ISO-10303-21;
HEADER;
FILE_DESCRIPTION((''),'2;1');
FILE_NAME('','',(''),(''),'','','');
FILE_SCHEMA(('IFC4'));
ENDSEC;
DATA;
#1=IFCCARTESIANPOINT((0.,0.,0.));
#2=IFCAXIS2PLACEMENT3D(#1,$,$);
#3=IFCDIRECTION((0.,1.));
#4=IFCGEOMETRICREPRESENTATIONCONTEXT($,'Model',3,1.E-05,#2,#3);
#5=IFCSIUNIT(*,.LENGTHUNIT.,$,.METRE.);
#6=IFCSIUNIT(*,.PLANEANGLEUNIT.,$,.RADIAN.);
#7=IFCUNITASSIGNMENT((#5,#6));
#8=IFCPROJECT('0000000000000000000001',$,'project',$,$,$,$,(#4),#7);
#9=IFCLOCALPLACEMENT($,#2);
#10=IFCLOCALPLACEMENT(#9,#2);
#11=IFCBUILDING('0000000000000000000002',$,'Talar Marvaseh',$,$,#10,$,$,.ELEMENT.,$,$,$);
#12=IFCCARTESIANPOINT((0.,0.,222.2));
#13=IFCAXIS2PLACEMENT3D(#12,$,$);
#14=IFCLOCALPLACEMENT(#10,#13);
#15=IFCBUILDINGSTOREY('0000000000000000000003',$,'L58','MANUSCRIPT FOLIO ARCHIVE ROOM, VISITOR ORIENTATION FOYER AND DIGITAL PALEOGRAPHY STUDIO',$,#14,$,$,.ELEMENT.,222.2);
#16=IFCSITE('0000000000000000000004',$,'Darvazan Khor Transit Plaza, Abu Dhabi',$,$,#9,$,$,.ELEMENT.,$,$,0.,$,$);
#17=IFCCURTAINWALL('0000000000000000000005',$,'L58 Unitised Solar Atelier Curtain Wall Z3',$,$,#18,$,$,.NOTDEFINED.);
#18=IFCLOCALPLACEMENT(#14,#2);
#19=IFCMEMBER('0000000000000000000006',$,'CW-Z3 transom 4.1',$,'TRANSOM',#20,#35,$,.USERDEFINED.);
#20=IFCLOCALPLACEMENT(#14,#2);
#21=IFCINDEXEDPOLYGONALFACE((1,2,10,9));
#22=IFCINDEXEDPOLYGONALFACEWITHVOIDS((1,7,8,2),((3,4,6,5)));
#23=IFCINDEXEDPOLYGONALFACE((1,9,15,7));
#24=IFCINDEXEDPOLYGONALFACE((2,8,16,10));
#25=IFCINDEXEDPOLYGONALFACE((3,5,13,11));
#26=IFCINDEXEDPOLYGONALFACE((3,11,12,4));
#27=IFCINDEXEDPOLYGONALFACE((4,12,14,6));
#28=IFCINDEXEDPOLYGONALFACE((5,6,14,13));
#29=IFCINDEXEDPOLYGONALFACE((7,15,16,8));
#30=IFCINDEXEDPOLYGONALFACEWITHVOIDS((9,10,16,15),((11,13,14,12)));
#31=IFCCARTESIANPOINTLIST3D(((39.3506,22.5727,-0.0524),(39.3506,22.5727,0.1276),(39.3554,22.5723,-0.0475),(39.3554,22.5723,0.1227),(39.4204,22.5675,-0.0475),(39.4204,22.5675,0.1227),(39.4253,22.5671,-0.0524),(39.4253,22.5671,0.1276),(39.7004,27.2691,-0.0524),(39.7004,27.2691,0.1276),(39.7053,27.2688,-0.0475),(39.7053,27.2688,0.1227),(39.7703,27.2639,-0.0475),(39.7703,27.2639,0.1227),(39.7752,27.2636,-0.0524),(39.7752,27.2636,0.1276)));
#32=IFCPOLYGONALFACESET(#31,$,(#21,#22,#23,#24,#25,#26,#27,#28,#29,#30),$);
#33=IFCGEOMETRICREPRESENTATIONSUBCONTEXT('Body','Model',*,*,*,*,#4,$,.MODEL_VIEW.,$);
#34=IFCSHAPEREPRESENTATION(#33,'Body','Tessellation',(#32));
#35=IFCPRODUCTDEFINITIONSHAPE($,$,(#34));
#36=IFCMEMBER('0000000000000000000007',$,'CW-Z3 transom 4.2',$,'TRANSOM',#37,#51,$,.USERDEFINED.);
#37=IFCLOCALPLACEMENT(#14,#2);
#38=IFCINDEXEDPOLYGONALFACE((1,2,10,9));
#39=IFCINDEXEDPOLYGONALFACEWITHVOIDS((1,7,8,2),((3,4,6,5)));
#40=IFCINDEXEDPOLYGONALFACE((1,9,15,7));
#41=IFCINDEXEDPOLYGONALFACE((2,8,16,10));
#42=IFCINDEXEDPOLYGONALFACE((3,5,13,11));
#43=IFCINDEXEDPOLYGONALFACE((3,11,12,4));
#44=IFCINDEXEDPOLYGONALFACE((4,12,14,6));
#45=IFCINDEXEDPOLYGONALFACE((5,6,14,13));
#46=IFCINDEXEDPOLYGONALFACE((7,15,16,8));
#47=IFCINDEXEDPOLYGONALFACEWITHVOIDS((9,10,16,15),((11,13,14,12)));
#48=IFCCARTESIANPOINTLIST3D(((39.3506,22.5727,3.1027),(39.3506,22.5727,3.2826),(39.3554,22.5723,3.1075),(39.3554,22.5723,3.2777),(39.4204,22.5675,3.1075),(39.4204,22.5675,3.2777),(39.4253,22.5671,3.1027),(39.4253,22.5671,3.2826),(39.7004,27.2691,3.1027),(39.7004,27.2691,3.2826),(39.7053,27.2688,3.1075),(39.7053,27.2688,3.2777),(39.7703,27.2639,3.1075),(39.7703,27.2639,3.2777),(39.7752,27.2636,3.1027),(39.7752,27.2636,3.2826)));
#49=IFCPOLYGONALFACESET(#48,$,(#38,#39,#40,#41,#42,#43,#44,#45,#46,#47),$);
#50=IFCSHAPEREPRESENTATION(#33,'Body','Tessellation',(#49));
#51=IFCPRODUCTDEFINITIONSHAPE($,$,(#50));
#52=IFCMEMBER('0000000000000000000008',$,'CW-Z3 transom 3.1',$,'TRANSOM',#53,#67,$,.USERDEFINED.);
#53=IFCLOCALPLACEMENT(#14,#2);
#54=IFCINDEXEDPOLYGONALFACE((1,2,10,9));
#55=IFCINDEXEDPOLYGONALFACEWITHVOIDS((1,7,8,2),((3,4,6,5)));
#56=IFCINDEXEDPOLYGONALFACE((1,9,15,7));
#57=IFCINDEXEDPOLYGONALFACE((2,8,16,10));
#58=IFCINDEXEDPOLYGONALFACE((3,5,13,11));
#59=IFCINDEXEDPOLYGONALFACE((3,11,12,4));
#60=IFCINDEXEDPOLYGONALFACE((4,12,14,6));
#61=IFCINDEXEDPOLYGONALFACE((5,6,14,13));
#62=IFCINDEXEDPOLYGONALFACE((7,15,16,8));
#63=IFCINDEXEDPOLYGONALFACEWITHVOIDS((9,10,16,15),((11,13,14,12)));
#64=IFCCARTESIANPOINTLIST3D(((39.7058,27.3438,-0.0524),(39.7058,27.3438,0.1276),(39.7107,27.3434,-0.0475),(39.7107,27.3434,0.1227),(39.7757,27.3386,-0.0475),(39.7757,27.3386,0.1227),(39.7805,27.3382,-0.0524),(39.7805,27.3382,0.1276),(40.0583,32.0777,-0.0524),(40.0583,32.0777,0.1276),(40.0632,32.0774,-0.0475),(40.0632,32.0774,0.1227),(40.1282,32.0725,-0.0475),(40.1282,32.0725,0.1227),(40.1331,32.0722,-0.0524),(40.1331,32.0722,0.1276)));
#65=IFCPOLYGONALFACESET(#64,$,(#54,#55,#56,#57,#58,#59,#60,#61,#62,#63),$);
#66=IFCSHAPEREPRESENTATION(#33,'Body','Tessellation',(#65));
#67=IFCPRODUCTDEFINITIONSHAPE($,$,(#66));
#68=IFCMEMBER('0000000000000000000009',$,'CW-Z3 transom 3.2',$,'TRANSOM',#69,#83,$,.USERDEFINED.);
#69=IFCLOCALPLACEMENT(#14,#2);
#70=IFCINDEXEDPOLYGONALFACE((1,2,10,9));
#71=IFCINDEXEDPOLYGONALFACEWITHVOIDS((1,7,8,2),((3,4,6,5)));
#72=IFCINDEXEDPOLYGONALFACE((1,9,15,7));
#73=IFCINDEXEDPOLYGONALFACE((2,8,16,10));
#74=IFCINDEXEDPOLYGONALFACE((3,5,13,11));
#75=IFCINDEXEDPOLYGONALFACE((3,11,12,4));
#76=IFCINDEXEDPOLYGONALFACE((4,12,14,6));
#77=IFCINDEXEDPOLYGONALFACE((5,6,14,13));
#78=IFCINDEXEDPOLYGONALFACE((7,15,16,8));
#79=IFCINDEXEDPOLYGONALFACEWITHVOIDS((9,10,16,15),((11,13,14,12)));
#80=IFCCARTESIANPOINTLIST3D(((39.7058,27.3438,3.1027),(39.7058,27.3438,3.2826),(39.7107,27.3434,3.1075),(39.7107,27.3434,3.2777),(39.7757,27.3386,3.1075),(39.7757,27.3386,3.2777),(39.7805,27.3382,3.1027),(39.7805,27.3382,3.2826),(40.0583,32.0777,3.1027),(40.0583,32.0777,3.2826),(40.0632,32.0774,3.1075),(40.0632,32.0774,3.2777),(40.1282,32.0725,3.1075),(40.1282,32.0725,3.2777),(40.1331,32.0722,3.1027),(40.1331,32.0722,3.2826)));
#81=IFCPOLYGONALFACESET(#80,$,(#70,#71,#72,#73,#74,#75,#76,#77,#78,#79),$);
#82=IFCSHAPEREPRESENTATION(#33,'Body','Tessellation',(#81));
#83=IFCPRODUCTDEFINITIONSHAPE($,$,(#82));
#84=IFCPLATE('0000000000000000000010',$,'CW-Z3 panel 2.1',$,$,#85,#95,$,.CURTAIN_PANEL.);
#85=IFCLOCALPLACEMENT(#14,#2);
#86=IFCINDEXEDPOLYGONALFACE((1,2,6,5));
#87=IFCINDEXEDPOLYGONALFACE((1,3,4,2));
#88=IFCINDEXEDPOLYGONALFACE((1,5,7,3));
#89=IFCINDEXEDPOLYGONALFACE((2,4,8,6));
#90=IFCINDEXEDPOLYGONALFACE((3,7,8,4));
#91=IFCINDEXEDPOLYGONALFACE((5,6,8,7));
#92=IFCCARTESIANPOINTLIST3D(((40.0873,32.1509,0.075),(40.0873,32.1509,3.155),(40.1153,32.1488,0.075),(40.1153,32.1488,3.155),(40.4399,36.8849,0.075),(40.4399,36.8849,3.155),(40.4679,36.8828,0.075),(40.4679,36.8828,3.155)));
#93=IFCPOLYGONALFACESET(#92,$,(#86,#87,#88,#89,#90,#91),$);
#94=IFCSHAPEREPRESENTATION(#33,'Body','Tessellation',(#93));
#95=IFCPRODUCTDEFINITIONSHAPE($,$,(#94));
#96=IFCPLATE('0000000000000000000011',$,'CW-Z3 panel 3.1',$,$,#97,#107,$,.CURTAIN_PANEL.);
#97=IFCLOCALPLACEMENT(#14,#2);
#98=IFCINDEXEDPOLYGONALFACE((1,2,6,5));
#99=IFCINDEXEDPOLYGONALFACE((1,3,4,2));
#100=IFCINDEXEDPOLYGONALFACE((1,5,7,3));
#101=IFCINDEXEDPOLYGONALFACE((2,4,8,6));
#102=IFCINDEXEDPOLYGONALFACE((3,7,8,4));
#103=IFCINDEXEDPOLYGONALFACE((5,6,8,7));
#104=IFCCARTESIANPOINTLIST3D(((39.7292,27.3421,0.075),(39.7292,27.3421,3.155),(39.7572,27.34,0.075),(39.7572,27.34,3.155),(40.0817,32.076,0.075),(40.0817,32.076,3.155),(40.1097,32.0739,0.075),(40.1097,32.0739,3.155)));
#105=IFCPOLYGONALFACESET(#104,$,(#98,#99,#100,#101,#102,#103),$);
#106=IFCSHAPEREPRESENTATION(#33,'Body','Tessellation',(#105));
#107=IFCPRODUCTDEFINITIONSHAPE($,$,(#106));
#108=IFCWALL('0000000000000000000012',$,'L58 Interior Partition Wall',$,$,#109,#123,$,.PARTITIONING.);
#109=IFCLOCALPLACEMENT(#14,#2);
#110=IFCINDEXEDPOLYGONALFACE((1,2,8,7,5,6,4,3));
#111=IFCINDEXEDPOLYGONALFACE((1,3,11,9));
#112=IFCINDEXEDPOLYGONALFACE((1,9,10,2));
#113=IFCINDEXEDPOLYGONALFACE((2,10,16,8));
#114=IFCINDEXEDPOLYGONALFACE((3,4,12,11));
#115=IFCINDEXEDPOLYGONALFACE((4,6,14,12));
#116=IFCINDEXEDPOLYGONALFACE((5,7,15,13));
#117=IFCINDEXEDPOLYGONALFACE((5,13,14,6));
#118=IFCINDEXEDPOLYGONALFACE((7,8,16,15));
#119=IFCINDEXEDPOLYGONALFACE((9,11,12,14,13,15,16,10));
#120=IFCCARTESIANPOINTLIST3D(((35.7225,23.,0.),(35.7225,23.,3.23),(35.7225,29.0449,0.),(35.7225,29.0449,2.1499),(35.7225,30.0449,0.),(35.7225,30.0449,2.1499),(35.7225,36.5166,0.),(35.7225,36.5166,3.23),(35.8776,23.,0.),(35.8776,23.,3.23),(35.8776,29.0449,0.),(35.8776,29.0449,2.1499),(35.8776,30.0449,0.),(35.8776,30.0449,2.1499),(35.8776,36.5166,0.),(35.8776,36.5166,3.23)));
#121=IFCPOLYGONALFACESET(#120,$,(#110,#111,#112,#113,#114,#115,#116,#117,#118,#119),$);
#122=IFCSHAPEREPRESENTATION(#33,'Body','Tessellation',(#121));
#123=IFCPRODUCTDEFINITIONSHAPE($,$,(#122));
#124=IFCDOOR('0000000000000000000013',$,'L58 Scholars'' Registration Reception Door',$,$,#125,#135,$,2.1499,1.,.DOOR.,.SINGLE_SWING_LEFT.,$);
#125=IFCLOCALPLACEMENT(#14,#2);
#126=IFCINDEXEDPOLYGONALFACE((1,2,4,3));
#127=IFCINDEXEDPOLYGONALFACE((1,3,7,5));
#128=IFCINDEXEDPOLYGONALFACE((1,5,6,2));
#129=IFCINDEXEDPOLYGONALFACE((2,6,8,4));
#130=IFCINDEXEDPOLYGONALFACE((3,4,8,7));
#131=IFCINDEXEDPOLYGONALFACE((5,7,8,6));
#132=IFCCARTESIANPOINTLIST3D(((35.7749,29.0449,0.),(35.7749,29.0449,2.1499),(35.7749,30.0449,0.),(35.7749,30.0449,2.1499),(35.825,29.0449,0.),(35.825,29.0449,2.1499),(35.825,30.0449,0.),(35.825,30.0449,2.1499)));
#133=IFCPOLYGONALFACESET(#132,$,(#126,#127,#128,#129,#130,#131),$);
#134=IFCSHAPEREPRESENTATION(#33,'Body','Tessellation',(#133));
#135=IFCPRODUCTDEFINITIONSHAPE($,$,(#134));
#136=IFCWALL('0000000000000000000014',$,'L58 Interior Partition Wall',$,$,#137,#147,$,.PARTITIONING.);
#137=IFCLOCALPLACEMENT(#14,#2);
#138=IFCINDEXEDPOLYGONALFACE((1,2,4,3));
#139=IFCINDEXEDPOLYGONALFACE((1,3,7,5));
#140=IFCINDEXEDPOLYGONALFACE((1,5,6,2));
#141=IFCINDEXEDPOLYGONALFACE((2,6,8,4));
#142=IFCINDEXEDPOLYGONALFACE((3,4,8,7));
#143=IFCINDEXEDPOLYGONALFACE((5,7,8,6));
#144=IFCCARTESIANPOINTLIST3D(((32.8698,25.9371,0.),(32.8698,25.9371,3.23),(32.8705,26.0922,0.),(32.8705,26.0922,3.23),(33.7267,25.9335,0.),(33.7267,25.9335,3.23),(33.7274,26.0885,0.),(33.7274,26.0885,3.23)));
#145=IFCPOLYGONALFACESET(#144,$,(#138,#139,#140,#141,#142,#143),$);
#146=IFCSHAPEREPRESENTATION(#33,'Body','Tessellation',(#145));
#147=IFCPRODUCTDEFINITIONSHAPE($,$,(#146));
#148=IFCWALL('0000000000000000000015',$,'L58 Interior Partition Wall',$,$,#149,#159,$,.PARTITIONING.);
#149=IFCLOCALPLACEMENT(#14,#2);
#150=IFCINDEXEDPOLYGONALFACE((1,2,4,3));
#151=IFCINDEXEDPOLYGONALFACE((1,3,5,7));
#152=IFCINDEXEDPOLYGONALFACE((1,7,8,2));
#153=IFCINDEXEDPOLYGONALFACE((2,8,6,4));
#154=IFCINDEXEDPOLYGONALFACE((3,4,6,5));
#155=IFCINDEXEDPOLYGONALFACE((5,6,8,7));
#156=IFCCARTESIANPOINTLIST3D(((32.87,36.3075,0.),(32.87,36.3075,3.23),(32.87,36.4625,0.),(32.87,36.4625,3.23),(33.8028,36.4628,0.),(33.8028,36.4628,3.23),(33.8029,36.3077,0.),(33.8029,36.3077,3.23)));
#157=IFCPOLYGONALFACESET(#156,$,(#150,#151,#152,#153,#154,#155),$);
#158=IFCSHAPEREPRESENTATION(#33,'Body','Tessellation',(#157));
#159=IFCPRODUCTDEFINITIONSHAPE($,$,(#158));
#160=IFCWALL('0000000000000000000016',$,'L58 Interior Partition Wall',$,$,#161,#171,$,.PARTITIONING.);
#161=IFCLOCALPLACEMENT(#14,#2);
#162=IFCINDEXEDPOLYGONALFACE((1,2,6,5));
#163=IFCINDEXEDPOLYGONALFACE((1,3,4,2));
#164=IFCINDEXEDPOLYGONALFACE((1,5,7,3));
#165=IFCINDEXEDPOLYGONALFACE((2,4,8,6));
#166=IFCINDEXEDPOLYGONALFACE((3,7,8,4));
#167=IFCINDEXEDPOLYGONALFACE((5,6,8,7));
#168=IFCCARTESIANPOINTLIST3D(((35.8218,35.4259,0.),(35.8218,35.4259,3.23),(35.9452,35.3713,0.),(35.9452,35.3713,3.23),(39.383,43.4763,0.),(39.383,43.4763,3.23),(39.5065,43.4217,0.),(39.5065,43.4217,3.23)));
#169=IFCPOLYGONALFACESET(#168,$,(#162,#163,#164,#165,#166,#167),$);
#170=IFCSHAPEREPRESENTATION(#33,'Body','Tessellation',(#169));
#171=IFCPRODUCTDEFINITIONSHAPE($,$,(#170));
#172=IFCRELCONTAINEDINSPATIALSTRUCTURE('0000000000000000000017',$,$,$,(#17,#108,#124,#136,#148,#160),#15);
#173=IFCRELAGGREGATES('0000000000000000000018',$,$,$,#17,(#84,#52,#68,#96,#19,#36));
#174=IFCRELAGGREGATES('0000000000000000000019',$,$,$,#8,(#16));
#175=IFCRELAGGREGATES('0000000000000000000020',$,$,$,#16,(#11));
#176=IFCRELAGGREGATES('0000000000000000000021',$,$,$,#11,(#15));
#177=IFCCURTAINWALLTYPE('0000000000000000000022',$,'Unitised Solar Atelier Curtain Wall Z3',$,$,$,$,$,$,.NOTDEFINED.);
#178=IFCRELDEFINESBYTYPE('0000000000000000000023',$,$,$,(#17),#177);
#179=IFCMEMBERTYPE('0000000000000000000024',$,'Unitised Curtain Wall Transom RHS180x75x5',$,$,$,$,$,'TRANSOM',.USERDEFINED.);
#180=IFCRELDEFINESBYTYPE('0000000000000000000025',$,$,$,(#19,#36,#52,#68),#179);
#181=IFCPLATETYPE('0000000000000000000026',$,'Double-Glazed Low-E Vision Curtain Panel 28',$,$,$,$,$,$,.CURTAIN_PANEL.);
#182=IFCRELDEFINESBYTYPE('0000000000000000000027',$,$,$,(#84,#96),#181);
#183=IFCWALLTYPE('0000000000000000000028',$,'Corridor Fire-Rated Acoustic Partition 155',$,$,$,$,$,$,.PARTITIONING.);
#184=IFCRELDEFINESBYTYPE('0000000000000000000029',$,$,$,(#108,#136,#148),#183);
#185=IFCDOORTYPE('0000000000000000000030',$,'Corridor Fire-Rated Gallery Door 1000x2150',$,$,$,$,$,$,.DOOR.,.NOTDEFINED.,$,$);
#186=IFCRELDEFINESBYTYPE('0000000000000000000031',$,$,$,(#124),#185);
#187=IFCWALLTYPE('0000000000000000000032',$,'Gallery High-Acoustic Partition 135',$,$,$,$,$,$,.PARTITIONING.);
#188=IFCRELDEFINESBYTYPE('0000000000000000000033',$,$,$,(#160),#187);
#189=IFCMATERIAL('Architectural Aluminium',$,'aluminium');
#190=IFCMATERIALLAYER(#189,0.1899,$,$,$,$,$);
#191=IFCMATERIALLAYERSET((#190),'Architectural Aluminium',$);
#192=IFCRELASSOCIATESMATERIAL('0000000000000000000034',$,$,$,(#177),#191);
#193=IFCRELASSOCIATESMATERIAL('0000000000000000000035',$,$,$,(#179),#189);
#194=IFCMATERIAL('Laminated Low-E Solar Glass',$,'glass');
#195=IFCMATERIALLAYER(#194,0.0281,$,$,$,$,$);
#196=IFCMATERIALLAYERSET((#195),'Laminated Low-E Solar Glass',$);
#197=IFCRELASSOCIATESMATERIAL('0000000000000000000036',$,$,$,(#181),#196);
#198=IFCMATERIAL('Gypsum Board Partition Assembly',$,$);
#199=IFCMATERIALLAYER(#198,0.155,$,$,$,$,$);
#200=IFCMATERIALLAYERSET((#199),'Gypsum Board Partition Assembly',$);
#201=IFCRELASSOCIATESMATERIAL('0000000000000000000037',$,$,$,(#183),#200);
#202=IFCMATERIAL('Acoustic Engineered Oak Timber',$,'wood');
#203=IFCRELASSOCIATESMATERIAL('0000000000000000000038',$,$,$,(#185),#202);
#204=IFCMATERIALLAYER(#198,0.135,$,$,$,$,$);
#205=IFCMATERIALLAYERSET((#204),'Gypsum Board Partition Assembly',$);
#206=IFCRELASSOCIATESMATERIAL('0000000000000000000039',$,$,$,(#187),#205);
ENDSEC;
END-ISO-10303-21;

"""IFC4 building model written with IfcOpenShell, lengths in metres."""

from ifc_helpers import new_model, si_unit, direction, frame, frame_2d, origin, origin_2d, place, context, subcontext, project, spatial, rectangle, hollow_rectangle, extrude, source, transform, mapped, material, layer, layer_set, material_profile, profile_set, type_object, type_shapes, element, fill, aggregate, save


model = new_model("IFC4")

# Units and contexts
model_context = context("Model", 3, precision=1e-05, world=origin(), true_north=direction((0.0, 1.0)))
body_context = subcontext(model_context, "Body", "Model", "MODEL_VIEW")
ifc_project = project(units=[si_unit("LENGTHUNIT", "METRE"), si_unit("PLANEANGLEUNIT", "RADIAN")], contexts=[model_context])

# Site, building, storey
site_placement = place(None, origin())
site = spatial("IfcSite", under=ifc_project, at=site_placement, Name="Darvazan Khor Transit Plaza, Abu Dhabi", CompositionType="ELEMENT", RefElevation=0.0)
building_placement = place(site_placement, origin())
building = spatial("IfcBuilding", under=site, at=building_placement, Name="Talar Marvaseh", CompositionType="ELEMENT")
storey_placement = place(building_placement, frame((0.0, 0.0, 222.2)))
storey = spatial("IfcBuildingStorey", under=building, at=storey_placement, Name="L58", Description="MANUSCRIPT FOLIO ARCHIVE ROOM, VISITOR ORIENTATION FOYER AND DIGITAL PALEOGRAPHY STUDIO", CompositionType="ELEMENT", Elevation=222.2)

# Curtain wall, members, plates
ifc_material_1 = material(Name="Architectural Aluminium", Category="aluminium")
ifc_layer_1 = layer(ifc_material_1, 0.1899)
ifc_layer_set_1 = layer_set([ifc_layer_1], Name="Architectural Aluminium")
curtain_wall_type = type_object("IfcCurtainWallType", Name="Unitised Solar Atelier Curtain Wall Z3", PredefinedType="NOTDEFINED", material=ifc_layer_set_1)
curtain_wall_placement = place(storey_placement, origin())
curtain_wall = element("IfcCurtainWall", 1, at=curtain_wall_placement, inside=storey, type_object=curtain_wall_type, Name="L58 Unitised Solar Atelier Curtain Wall Z3", PredefinedType="NOTDEFINED")
ifc_material_profile_1 = material_profile(ifc_material_1, hollow_rectangle(XDim=0.075, YDim=0.1799, WallThickness=0.0049, at=origin_2d()), Name="RHS180x75x5")
ifc_profile_set_1 = profile_set([ifc_material_profile_1], Name="Architectural Aluminium")
member_type_1 = type_object("IfcMemberType", Name="Unitised Curtain Wall Transom RHS180x75x5", ElementType="TRANSOM", PredefinedType="USERDEFINED", material=ifc_profile_set_1)
shared_shape_1 = source(origin(), body_context, "Body", "SweptSolid", [
    extrude(hollow_rectangle(XDim=0.075, YDim=0.1799, WallThickness=0.0049, at=origin_2d()), origin(), (0.0, 0.0, 1.0), 4.7095),
])
member_1_placement = place(storey_placement, frame((39.7378, 27.2664, 0.0376), z_axis=(-0.074286, -0.997237, 0.0), x_axis=(0.997237, -0.074286, 0.0)))
member_1 = element("IfcMember", 2, at=member_1_placement, type_object=member_type_1, Name="CW-Z3 transom 4.1", ObjectType="TRANSOM", PredefinedType="USERDEFINED", context=body_context, shape_type="MappedRepresentation", body=[
    mapped(shared_shape_1, transform((0.0, 0.0, 0.0), x_axis=(1.0, 0.0, 0.0), y_axis=(0.0, 1.0, 0.0), z_axis=(0.0, 0.0, 1.0), scale=1.0)),
])
member_2_placement = place(storey_placement, frame((39.7378, 27.2664, 3.1926), z_axis=(-0.074286, -0.997237, 0.0), x_axis=(0.997237, -0.074286, 0.0)))
member_2 = element("IfcMember", 3, at=member_2_placement, type_object=member_type_1, Name="CW-Z3 transom 4.2", ObjectType="TRANSOM", PredefinedType="USERDEFINED", context=body_context, shape_type="MappedRepresentation", body=[
    mapped(shared_shape_1, transform((0.0, 0.0, 0.0), x_axis=(1.0, 0.0, 0.0), y_axis=(0.0, 1.0, 0.0), z_axis=(0.0, 0.0, 1.0), scale=1.0)),
])
shared_shape_2 = source(origin(), body_context, "Body", "SweptSolid", [
    extrude(hollow_rectangle(XDim=0.075, YDim=0.1799, WallThickness=0.0049, at=origin_2d()), origin(), (0.0, 0.0, 1.0), 4.7471),
])
type_shapes(member_type_1, [shared_shape_1, shared_shape_2])
member_3_placement = place(storey_placement, frame((40.0957, 32.075, 0.0376), z_axis=(-0.074266, -0.997238, 0.0), x_axis=(0.997238, -0.074266, 0.0)))
member_3 = element("IfcMember", 4, at=member_3_placement, type_object=member_type_1, Name="CW-Z3 transom 3.1", ObjectType="TRANSOM", PredefinedType="USERDEFINED", context=body_context, shape_type="MappedRepresentation", body=[
    mapped(shared_shape_2, transform((0.0, 0.0, 0.0), x_axis=(1.0, 0.0, 0.0), y_axis=(0.0, 1.0, 0.0), z_axis=(0.0, 0.0, 1.0), scale=1.0)),
])
member_4_placement = place(storey_placement, frame((40.0957, 32.075, 3.1926), z_axis=(-0.074266, -0.997238, 0.0), x_axis=(0.997238, -0.074266, 0.0)))
member_4 = element("IfcMember", 5, at=member_4_placement, type_object=member_type_1, Name="CW-Z3 transom 3.2", ObjectType="TRANSOM", PredefinedType="USERDEFINED", context=body_context, shape_type="MappedRepresentation", body=[
    mapped(shared_shape_2, transform((0.0, 0.0, 0.0), x_axis=(1.0, 0.0, 0.0), y_axis=(0.0, 1.0, 0.0), z_axis=(0.0, 0.0, 1.0), scale=1.0)),
])
ifc_material_2 = material(Name="Laminated Low-E Solar Glass", Category="glass")
ifc_layer_2 = layer(ifc_material_2, 0.0281)
ifc_layer_set_2 = layer_set([ifc_layer_2], Name="Laminated Low-E Solar Glass")
plate_type = type_object("IfcPlateType", Name="Double-Glazed Low-E Vision Curtain Panel 28", PredefinedType="CURTAIN_PANEL", material=ifc_layer_set_2)
shared_shape_3 = source(origin(), body_context, "Body", "SweptSolid", [
    extrude(rectangle(XDim=4.7471, YDim=0.0281, at=origin_2d()), origin(), (0.0, 0.0, 1.0), 3.0801),
])
type_shapes(plate_type, [shared_shape_3])
plate_1_placement = place(storey_placement, frame((40.2776, 34.5168, 0.075), z_axis=(0.0, 0.0, 1.0), x_axis=(-0.074263, -0.997239, 0.0)))
plate_1 = element("IfcPlate", 6, at=plate_1_placement, type_object=plate_type, Name="CW-Z3 panel 2.1", PredefinedType="CURTAIN_PANEL", context=body_context, shape_type="MappedRepresentation", body=[
    mapped(shared_shape_3, transform((0.0, 0.0, 0.0), x_axis=(1.0, 0.0, 0.0), y_axis=(0.0, 1.0, 0.0), z_axis=(0.0, 0.0, 1.0), scale=1.0)),
])
plate_2_placement = place(storey_placement, frame((39.9194, 29.708, 0.075), z_axis=(0.0, 0.0, 1.0), x_axis=(-0.074263, -0.997239, 0.0)))
plate_2 = element("IfcPlate", 7, at=plate_2_placement, type_object=plate_type, Name="CW-Z3 panel 3.1", PredefinedType="CURTAIN_PANEL", context=body_context, shape_type="MappedRepresentation", body=[
    mapped(shared_shape_3, transform((0.0, 0.0, 0.0), x_axis=(1.0, 0.0, 0.0), y_axis=(0.0, 1.0, 0.0), z_axis=(0.0, 0.0, 1.0), scale=1.0)),
])
aggregate(curtain_wall, [plate_1, member_3, member_4, plate_2, member_1, member_2])

# Wall, opening, door
ifc_material_3 = material(Name="Gypsum Board Partition Assembly")
ifc_layer_3 = layer(ifc_material_3, 0.155)
ifc_layer_set_3 = layer_set([ifc_layer_3], Name="Gypsum Board Partition Assembly")
wall_type_1 = type_object("IfcWallType", Name="Corridor Fire-Rated Acoustic Partition 155", PredefinedType="PARTITIONING", material=ifc_layer_set_3)
wall_1_placement = place(storey_placement, frame((35.8, 36.5166, 0.0), z_axis=(0.0, 0.0, 1.0), x_axis=(0.0, -1.0, 0.0)))
wall_1 = element("IfcWall", 8, at=wall_1_placement, inside=storey, type_object=wall_type_1, Name="L58 Interior Partition Wall", PredefinedType="PARTITIONING", context=body_context, shape_type="SweptSolid", body=[
    extrude(rectangle(XDim=13.5166, YDim=0.155, at=frame_2d((6.7583, 0.0))), origin(), (0.0, 0.0, 1.0), 3.23),
])
opening_placement = place(wall_1_placement, frame((6.4717, 0.0, 0.0)))
opening = element("IfcOpeningElement", 9, at=opening_placement, cuts=wall_1, PredefinedType="OPENING", context=body_context, shape_type="SweptSolid", body=[
    extrude(rectangle(XDim=1.0, YDim=2.1499, at=frame_2d((0.5, 1.075))), frame((0.0, 0.0874, 0.0), z_axis=(0.0, -1.0, 0.0), x_axis=(1.0, 0.0, 0.0)), (0.0, 0.0, 1.0), 0.175),
])
ifc_material_4 = material(Name="Acoustic Engineered Oak Timber", Category="wood")
door_type = type_object("IfcDoorType", Name="Corridor Fire-Rated Gallery Door 1000x2150", OperationType="NOTDEFINED", PredefinedType="DOOR", material=ifc_material_4)
shared_shape_4 = source(origin(), body_context, "Body", "SweptSolid", [
    extrude(rectangle(XDim=1.0, YDim=2.1499, at=frame_2d((0.5, 1.075))), frame((0.0, 0.0249, 0.0), z_axis=(0.0, -1.0, 0.0), x_axis=(1.0, 0.0, 0.0)), (0.0, 0.0, 1.0), 0.05),
])
type_shapes(door_type, [shared_shape_4])
door_placement = place(opening_placement, origin())
door = element("IfcDoor", 10, at=door_placement, inside=storey, type_object=door_type, Name="L58 Scholars' Registration Reception Door", OperationType="SINGLE_SWING_LEFT", OverallHeight=2.1499, OverallWidth=1.0, PredefinedType="DOOR", context=body_context, shape_type="MappedRepresentation", body=[
    mapped(shared_shape_4, transform((0.0, 0.0, 0.0), x_axis=(1.0, 0.0, 0.0), y_axis=(0.0, 1.0, 0.0), z_axis=(0.0, 0.0, 1.0), scale=1.0)),
])
fill(opening, door)

# Walls
wall_2_placement = place(storey_placement, frame((33.7271, 26.011, 0.0), z_axis=(0.0, 0.0, 1.0), x_axis=(-0.999991, 0.004273, 0.0)))
element("IfcWall", 11, at=wall_2_placement, inside=storey, type_object=wall_type_1, Name="L58 Interior Partition Wall", PredefinedType="PARTITIONING", context=body_context, shape_type="SweptSolid", body=[
    extrude(rectangle(XDim=0.8569, YDim=0.155, at=frame_2d((0.4285, 0.0))), origin(), (0.0, 0.0, 1.0), 3.23),
])
wall_3_placement = place(storey_placement, frame((32.8701, 36.385, 0.0), z_axis=(0.0, 0.0, 1.0), x_axis=(1.0, 0.000262, 0.0)))
element("IfcWall", 12, at=wall_3_placement, inside=storey, type_object=wall_type_1, Name="L58 Interior Partition Wall", PredefinedType="PARTITIONING", context=body_context, shape_type="SweptSolid", body=[
    extrude(rectangle(XDim=0.9329, YDim=0.155, at=frame_2d((0.4663, 0.0))), origin(), (0.0, 0.0, 1.0), 3.23),
])
ifc_layer_4 = layer(ifc_material_3, 0.135)
ifc_layer_set_4 = layer_set([ifc_layer_4], Name="Gypsum Board Partition Assembly")
wall_type_2 = type_object("IfcWallType", Name="Gallery High-Acoustic Partition 135", PredefinedType="PARTITIONING", material=ifc_layer_set_4)
wall_4_placement = place(storey_placement, frame((35.8835, 35.3987, 0.0), z_axis=(0.0, 0.0, 1.0), x_axis=(0.40455, 0.914516, 0.0)))
element("IfcWall", 13, at=wall_4_placement, inside=storey, type_object=wall_type_2, Name="L58 Interior Partition Wall", PredefinedType="PARTITIONING", context=body_context, shape_type="SweptSolid", body=[
    extrude(rectangle(XDim=8.803, YDim=0.135, at=frame_2d((4.4014, 0.0))), origin(), (0.0, 0.0, 1.0), 3.23),
])

save(model, "model.ifc")
